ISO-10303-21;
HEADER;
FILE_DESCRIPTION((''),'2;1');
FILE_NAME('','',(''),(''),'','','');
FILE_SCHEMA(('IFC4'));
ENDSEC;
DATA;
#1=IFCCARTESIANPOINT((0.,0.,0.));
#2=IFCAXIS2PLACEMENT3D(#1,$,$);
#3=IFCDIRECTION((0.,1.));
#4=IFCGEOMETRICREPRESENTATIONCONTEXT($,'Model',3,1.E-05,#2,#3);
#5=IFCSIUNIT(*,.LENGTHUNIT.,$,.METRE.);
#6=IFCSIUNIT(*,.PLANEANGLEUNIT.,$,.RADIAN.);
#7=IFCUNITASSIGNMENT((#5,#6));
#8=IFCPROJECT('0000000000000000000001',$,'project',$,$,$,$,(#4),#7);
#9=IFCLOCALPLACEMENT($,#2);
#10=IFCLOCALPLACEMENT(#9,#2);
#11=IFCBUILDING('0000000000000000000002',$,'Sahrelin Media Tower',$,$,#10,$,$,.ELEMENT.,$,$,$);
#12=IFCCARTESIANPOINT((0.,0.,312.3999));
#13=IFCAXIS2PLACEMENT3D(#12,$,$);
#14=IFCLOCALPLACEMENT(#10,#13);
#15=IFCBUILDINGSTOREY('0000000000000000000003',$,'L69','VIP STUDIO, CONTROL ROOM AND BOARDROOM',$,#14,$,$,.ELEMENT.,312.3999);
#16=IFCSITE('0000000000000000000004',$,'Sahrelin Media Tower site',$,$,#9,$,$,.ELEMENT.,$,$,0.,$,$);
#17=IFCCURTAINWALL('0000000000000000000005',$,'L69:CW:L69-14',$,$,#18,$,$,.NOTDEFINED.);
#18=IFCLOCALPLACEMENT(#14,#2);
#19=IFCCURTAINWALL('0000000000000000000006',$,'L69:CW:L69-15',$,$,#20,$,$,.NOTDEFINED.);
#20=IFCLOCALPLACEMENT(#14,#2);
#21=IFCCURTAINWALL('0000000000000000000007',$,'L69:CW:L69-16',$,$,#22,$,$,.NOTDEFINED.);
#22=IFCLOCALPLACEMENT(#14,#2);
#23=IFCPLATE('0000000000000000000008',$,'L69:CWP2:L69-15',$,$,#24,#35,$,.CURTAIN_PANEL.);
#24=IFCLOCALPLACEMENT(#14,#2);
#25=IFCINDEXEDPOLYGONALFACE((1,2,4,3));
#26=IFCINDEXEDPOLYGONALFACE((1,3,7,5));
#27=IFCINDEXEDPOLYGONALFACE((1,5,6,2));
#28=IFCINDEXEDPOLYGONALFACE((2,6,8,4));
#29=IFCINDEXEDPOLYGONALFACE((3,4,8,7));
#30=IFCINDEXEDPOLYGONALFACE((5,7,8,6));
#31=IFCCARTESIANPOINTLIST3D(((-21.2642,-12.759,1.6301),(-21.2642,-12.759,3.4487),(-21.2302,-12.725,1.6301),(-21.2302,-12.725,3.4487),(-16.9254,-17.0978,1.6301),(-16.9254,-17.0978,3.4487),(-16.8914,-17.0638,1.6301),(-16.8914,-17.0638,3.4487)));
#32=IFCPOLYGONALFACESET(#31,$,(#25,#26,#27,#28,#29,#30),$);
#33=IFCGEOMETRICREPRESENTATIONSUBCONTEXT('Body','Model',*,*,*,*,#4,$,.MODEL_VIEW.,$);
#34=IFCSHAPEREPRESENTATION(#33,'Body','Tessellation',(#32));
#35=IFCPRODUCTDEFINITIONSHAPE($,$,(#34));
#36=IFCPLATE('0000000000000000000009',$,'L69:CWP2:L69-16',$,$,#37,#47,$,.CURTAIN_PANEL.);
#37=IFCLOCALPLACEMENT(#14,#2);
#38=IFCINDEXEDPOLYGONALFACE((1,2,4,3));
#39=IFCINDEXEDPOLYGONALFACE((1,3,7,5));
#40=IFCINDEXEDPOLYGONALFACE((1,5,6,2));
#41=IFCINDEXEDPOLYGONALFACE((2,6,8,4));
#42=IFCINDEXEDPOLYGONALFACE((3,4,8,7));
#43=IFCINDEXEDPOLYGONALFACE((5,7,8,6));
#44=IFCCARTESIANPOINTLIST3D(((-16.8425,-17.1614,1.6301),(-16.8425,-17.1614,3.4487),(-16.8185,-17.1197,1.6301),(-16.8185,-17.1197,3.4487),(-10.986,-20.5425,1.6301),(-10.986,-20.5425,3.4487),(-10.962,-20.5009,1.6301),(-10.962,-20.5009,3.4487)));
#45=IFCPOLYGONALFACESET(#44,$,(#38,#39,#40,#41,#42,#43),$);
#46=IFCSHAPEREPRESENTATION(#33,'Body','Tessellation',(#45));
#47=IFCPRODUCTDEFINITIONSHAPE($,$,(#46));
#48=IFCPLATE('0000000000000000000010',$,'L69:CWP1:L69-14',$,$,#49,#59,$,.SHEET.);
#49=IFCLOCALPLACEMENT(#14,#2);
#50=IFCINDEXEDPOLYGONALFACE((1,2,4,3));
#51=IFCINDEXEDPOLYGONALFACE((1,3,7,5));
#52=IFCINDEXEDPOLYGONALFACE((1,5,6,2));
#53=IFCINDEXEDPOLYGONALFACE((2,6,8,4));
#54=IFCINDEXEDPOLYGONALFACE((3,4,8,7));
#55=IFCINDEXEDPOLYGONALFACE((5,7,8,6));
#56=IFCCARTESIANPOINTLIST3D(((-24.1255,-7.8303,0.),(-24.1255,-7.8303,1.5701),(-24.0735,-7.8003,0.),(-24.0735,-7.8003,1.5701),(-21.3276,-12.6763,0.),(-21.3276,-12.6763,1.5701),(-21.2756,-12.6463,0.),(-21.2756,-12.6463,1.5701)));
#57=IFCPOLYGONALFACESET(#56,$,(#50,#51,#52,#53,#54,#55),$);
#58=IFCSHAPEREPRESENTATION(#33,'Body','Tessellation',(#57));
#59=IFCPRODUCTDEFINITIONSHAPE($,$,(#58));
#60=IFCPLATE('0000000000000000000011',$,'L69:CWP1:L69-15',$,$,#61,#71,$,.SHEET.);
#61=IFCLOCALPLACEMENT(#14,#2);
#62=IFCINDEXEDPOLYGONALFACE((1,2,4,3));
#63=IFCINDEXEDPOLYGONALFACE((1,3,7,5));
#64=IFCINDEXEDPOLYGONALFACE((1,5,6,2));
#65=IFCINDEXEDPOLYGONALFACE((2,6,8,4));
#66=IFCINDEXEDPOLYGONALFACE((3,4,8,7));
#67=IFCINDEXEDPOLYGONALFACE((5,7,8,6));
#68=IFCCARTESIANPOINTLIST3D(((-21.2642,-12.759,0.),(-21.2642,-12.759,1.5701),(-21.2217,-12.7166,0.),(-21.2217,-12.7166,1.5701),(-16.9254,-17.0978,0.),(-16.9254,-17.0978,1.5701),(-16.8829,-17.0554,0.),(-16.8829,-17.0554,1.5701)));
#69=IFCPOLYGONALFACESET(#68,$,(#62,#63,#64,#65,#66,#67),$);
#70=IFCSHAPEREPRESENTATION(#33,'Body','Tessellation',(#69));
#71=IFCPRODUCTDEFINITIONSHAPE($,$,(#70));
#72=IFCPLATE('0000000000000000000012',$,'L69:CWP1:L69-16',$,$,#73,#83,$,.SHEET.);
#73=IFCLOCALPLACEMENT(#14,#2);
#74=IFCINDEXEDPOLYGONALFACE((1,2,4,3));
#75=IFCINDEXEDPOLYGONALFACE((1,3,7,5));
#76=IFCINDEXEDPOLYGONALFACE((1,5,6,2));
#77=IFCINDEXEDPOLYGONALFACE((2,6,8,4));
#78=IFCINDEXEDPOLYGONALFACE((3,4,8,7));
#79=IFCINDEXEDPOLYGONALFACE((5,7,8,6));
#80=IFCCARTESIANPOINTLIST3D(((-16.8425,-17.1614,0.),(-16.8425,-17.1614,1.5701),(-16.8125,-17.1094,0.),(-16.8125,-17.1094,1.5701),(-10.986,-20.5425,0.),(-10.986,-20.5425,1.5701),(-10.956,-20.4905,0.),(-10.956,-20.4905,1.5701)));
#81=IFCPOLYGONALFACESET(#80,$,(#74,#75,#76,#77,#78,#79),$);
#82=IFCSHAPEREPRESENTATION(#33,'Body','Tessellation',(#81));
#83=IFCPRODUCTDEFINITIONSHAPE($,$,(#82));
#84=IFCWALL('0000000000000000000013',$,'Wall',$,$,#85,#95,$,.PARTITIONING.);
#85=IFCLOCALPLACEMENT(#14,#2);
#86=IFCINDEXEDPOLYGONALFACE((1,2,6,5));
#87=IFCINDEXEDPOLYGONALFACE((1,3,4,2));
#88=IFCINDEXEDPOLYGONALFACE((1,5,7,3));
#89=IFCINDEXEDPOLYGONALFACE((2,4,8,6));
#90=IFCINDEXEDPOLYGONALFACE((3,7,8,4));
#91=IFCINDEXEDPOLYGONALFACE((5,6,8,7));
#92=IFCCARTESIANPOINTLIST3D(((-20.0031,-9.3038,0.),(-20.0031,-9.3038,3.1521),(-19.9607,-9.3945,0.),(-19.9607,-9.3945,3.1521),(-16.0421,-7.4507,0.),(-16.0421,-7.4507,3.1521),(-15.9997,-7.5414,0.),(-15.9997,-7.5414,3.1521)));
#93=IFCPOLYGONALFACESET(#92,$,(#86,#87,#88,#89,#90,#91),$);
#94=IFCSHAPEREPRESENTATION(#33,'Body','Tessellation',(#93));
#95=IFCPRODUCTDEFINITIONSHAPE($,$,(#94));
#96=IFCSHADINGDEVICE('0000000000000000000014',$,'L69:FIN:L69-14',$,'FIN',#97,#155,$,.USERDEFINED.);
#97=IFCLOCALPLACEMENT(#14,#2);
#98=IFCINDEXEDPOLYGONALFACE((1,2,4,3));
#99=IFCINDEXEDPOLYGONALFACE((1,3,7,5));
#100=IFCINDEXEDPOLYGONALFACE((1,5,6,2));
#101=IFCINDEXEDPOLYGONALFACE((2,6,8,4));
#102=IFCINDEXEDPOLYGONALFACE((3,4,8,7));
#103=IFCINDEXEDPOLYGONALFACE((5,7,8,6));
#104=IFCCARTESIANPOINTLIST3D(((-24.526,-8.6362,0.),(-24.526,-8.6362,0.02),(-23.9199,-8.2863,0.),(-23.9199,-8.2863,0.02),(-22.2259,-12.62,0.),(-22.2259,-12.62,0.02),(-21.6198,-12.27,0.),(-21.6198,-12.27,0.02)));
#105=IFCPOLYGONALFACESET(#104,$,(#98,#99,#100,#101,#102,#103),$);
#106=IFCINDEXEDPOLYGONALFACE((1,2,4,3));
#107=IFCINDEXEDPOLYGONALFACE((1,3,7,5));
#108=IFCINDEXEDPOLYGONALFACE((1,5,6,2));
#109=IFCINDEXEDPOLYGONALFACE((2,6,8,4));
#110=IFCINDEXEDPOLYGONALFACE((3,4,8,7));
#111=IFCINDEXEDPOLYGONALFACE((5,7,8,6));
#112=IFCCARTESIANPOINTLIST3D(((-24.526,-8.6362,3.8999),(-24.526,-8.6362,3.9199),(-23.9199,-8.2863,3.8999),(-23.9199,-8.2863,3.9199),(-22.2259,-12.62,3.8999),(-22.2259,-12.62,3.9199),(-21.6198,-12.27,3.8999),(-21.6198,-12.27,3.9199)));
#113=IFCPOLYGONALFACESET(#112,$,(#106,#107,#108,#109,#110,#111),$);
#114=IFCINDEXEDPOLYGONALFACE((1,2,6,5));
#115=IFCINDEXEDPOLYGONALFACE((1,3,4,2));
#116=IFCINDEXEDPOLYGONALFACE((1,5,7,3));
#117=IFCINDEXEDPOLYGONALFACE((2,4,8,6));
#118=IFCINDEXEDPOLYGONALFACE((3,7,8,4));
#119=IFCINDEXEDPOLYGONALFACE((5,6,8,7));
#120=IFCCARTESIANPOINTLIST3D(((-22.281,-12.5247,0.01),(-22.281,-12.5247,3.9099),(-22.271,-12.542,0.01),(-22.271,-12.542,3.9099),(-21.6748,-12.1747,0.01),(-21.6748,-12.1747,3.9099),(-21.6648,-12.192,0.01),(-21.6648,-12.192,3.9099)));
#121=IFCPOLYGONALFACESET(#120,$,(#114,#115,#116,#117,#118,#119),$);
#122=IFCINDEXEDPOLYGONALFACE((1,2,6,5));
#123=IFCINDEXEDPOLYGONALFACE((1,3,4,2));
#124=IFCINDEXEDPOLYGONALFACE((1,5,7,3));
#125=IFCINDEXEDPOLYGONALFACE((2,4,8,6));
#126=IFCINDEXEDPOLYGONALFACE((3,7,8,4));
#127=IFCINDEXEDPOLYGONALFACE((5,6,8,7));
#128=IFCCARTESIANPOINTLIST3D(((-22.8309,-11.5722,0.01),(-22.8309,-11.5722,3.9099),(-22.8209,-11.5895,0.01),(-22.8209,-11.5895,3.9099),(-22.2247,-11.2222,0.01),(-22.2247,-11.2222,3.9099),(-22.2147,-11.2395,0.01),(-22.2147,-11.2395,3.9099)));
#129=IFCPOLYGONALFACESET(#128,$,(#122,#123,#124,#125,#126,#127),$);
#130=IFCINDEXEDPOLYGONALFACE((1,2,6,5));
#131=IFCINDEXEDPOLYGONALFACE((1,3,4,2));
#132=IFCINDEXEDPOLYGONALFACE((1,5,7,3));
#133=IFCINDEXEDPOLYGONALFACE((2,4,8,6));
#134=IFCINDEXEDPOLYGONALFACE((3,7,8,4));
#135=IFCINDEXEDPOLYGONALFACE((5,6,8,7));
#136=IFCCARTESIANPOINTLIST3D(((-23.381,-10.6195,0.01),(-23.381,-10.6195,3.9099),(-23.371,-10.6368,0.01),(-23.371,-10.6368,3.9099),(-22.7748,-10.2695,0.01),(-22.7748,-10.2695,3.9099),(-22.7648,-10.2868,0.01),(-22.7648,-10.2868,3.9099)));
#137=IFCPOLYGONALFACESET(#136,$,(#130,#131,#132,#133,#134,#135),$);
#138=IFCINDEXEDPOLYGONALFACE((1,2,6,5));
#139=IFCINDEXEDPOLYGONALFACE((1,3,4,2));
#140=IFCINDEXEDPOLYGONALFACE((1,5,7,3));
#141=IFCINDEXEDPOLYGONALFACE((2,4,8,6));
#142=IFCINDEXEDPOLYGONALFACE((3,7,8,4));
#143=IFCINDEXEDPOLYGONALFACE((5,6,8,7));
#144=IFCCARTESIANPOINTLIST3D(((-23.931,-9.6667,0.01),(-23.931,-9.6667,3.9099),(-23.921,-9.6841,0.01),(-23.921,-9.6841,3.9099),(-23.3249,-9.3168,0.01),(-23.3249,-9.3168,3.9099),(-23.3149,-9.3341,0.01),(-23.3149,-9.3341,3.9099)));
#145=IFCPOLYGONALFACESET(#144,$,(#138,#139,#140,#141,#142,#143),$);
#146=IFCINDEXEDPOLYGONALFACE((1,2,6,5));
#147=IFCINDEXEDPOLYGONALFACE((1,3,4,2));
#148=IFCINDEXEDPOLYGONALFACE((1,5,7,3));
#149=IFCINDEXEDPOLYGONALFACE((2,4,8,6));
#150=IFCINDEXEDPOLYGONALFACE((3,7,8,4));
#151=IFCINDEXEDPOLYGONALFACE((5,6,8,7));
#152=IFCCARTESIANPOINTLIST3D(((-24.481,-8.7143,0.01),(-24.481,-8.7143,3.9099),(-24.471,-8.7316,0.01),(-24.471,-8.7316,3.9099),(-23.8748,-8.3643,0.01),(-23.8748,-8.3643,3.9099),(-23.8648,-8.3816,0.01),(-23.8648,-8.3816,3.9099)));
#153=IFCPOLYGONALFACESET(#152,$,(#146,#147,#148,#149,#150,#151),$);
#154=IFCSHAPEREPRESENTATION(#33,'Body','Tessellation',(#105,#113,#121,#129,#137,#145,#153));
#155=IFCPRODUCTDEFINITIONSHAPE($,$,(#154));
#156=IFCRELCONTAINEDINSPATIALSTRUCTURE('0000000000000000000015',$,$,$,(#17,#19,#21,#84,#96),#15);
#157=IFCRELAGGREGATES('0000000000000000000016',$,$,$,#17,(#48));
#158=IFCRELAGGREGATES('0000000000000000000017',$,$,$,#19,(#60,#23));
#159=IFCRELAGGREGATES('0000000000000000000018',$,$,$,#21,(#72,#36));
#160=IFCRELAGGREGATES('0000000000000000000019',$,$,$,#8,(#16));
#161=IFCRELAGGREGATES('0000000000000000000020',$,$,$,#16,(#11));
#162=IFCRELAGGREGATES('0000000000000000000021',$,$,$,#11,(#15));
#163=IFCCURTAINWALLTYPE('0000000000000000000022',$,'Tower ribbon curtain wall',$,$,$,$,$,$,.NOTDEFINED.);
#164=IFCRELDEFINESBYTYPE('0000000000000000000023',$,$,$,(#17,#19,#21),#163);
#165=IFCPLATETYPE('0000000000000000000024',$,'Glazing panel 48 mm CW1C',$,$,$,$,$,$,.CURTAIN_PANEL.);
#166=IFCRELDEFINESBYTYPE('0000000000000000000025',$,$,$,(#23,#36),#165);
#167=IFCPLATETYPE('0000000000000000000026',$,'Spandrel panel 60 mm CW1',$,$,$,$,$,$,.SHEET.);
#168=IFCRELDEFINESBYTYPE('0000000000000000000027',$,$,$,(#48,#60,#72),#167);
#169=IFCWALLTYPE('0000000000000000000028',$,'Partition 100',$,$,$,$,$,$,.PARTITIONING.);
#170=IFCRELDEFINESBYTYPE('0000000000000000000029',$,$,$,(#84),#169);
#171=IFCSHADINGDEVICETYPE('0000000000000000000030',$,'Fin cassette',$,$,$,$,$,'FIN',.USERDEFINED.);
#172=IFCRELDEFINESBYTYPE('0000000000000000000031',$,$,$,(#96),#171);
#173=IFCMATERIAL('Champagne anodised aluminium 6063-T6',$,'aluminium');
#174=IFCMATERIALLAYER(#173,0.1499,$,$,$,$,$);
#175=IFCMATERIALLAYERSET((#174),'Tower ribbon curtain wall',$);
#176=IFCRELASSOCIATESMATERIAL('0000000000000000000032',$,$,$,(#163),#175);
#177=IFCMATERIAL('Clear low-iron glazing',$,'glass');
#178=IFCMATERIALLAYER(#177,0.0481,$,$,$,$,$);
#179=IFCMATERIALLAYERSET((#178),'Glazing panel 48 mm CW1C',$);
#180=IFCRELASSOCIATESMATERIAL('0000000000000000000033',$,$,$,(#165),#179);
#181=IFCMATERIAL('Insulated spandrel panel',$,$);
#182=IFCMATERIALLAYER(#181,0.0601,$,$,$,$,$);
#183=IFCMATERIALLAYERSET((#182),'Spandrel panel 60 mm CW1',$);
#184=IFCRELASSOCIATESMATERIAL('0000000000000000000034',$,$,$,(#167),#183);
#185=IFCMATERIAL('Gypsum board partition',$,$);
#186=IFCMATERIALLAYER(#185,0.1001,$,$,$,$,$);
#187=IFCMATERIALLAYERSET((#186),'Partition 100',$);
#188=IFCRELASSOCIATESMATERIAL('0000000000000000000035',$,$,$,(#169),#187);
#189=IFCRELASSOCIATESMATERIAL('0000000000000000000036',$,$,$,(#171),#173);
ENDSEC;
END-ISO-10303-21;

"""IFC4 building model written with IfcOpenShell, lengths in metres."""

from ifc_helpers import new_model, si_unit, direction, frame, frame_2d, origin, origin_2d, place, context, subcontext, project, spatial, polyline, rectangle, outline, extrude, material, layer, layer_set, type_object, element, aggregate, save


model = new_model("IFC4")

# Units and contexts
model_context = context("Model", 3, precision=1e-05, world=origin(), true_north=direction((0.0, 1.0)))
body_context = subcontext(model_context, "Body", "Model", "MODEL_VIEW")
ifc_project = project(units=[si_unit("LENGTHUNIT", "METRE"), si_unit("PLANEANGLEUNIT", "RADIAN")], contexts=[model_context])

# Site, building, storey
site_placement = place(None, origin())
site = spatial("IfcSite", under=ifc_project, at=site_placement, Name="Sahrelin Media Tower site", CompositionType="ELEMENT", RefElevation=0.0)
building_placement = place(site_placement, origin())
building = spatial("IfcBuilding", under=site, at=building_placement, Name="Sahrelin Media Tower", CompositionType="ELEMENT")
storey_placement = place(building_placement, frame((0.0, 0.0, 312.3999)))
storey = spatial("IfcBuildingStorey", under=building, at=storey_placement, Name="L69", Description="VIP STUDIO, CONTROL ROOM AND BOARDROOM", CompositionType="ELEMENT", Elevation=312.3999)

# Curtain walls
ifc_material_1 = material(Name="Champagne anodised aluminium 6063-T6", Category="aluminium")
ifc_layer_1 = layer(ifc_material_1, 0.1499)
ifc_layer_set_1 = layer_set([ifc_layer_1], Name="Tower ribbon curtain wall")
curtain_wall_type = type_object("IfcCurtainWallType", Name="Tower ribbon curtain wall", PredefinedType="NOTDEFINED", material=ifc_layer_set_1)
curtain_wall_1_placement = place(storey_placement, frame((-22.7092, -10.2432, 0.0), z_axis=(0.0, 0.0, 1.0), x_axis=(1.0, 0.0, 0.0)))
curtain_wall_1 = element("IfcCurtainWall", 1, at=curtain_wall_1_placement, inside=storey, type_object=curtain_wall_type, Name="L69:CW:L69-14", PredefinedType="NOTDEFINED")
curtain_wall_2_placement = place(storey_placement, frame((-19.0806, -14.9143, 0.0), z_axis=(0.0, 0.0, 1.0), x_axis=(1.0, 0.0, 0.0)))
curtain_wall_2 = element("IfcCurtainWall", 2, at=curtain_wall_2_placement, inside=storey, type_object=curtain_wall_type, Name="L69:CW:L69-15", PredefinedType="NOTDEFINED")

# Curtain wall
curtain_wall_3_placement = place(storey_placement, frame((-13.9043, -18.8347, 0.0), z_axis=(0.0, 0.0, 1.0), x_axis=(1.0, 0.0, 0.0)))
curtain_wall_3 = element("IfcCurtainWall", 3, at=curtain_wall_3_placement, inside=storey, type_object=curtain_wall_type, Name="L69:CW:L69-16", PredefinedType="NOTDEFINED")

# Plates
ifc_material_2 = material(Name="Clear low-iron glazing", Category="glass")
ifc_layer_2 = layer(ifc_material_2, 0.0481)
ifc_layer_set_2 = layer_set([ifc_layer_2], Name="Glazing panel 48 mm CW1C")
plate_type_1 = type_object("IfcPlateType", Name="Glazing panel 48 mm CW1C", PredefinedType="CURTAIN_PANEL", material=ifc_layer_set_2)
plate_1_placement = place(storey_placement, frame((-21.2642, -12.759, 1.6301), z_axis=(-0.707107, -0.707107, 0.0), x_axis=(0.707107, -0.707107, 0.0)))
plate_1 = element("IfcPlate", 4, at=plate_1_placement, type_object=plate_type_1, Name="L69:CWP2:L69-15", PredefinedType="CURTAIN_PANEL", context=body_context, shape_type="SweptSolid", body=[
    extrude(outline(polyline([(0.0, 0.0), (6.136, 0.0), (6.136, 1.8186), (0.0, 1.8186), (0.0, 0.0)])), origin(), (0.0, 0.0, -1.0), 0.0481),
])
plate_2_placement = place(storey_placement, frame((-16.8425, -17.1614, 1.6301), z_axis=(-0.499987, -0.866033, 0.0), x_axis=(0.866033, -0.499987, 0.0)))
plate_2 = element("IfcPlate", 5, at=plate_2_placement, type_object=plate_type_1, Name="L69:CWP2:L69-16", PredefinedType="CURTAIN_PANEL", context=body_context, shape_type="SweptSolid", body=[
    extrude(outline(polyline([(0.0, 0.0), (6.7625, 0.0), (6.7625, 1.8186), (0.0, 1.8186), (0.0, 0.0)])), origin(), (0.0, 0.0, -1.0), 0.0481),
])
ifc_material_3 = material(Name="Insulated spandrel panel")
ifc_layer_3 = layer(ifc_material_3, 0.0601)
ifc_layer_set_3 = layer_set([ifc_layer_3], Name="Spandrel panel 60 mm CW1")
plate_type_2 = type_object("IfcPlateType", Name="Spandrel panel 60 mm CW1", PredefinedType="SHEET", material=ifc_layer_set_3)
plate_3_placement = place(storey_placement, frame((-24.1255, -7.8303, 0.0), z_axis=(-0.866022, -0.500006, 0.0), x_axis=(0.500006, -0.866022, 0.0)))
plate_3 = element("IfcPlate", 6, at=plate_3_placement, type_object=plate_type_2, Name="L69:CWP1:L69-14", PredefinedType="SHEET", context=body_context, shape_type="SweptSolid", body=[
    extrude(outline(polyline([(0.0, 0.0), (5.5957, 0.0), (5.5957, 1.5701), (0.0, 1.5701), (0.0, 0.0)])), origin(), (0.0, 0.0, -1.0), 0.0601),
])
aggregate(curtain_wall_1, [plate_3])
plate_4_placement = place(storey_placement, frame((-21.2642, -12.759, 0.0), z_axis=(-0.707107, -0.707107, 0.0), x_axis=(0.707107, -0.707107, 0.0)))
plate_4 = element("IfcPlate", 7, at=plate_4_placement, type_object=plate_type_2, Name="L69:CWP1:L69-15", PredefinedType="SHEET", context=body_context, shape_type="SweptSolid", body=[
    extrude(outline(polyline([(0.0, 0.0), (6.136, 0.0), (6.136, 1.5701), (0.0, 1.5701), (0.0, 0.0)])), origin(), (0.0, 0.0, -1.0), 0.0601),
])
aggregate(curtain_wall_2, [plate_4, plate_1])
plate_5_placement = place(storey_placement, frame((-16.8425, -17.1614, 0.0), z_axis=(-0.499987, -0.866033, 0.0), x_axis=(0.866033, -0.499987, 0.0)))
plate_5 = element("IfcPlate", 8, at=plate_5_placement, type_object=plate_type_2, Name="L69:CWP1:L69-16", PredefinedType="SHEET", context=body_context, shape_type="SweptSolid", body=[
    extrude(outline(polyline([(0.0, 0.0), (6.7625, 0.0), (6.7625, 1.5701), (0.0, 1.5701), (0.0, 0.0)])), origin(), (0.0, 0.0, -1.0), 0.0601),
])
aggregate(curtain_wall_3, [plate_5, plate_2])

# Wall
ifc_material_4 = material(Name="Gypsum board partition")
ifc_layer_4 = layer(ifc_material_4, 0.1001)
ifc_layer_set_4 = layer_set([ifc_layer_4], Name="Partition 100")
wall_type = type_object("IfcWallType", Name="Partition 100", PredefinedType="PARTITIONING", material=ifc_layer_set_4)
wall_placement = place(storey_placement, frame((-19.9819, -9.3491, 0.0), z_axis=(0.0, 0.0, 1.0), x_axis=(0.905781, 0.423747, 0.0)))
element("IfcWall", 9, at=wall_placement, inside=storey, type_object=wall_type, Name="Wall", PredefinedType="PARTITIONING", context=body_context, shape_type="SweptSolid", body=[
    extrude(rectangle(XDim=4.373, YDim=0.1001, at=frame_2d((2.1865, 0.0))), origin(), (0.0, 0.0, 1.0), 3.1521),
])

# Shading device
shading_device_type_1 = type_object("IfcShadingDeviceType", Name="Fin cassette", ElementType="FIN", PredefinedType="USERDEFINED", material=ifc_material_1)
placement_1 = place(storey_placement, frame((-22.7092, -10.2432, 0.0), z_axis=(0.0, 0.0, 1.0), x_axis=(-0.500011, 0.866019, 0.0)))
element("IfcShadingDevice", 10, at=placement_1, inside=storey, type_object=shading_device_type_1, Name="L69:FIN:L69-14", ObjectType="FIN", PredefinedType="USERDEFINED", context=body_context, shape_type="SweptSolid", body=[
    extrude(rectangle(XDim=4.6001, YDim=0.7, at=origin_2d()), frame((0.0, 0.4199, 0.0)), (0.0, 0.0, 1.0), 0.02),
    extrude(rectangle(XDim=4.6001, YDim=0.7, at=origin_2d()), frame((0.0, 0.4199, 3.8999)), (0.0, 0.0, 1.0), 0.02),
    extrude(rectangle(XDim=0.02, YDim=0.7, at=origin_2d()), frame((-2.2, 0.4199, 0.01), z_axis=(0.0, 0.0, 1.0), x_axis=(1.0, 0.0, 0.0)), (0.0, 0.0, 1.0), 3.8999),
    extrude(rectangle(XDim=0.02, YDim=0.7, at=origin_2d()), frame((-1.1001, 0.4199, 0.01), z_axis=(0.0, 0.0, 1.0), x_axis=(1.0, 0.0, 0.0)), (0.0, 0.0, 1.0), 3.8999),
    extrude(rectangle(XDim=0.02, YDim=0.7, at=origin_2d()), frame((0.0, 0.4199, 0.01), z_axis=(0.0, 0.0, 1.0), x_axis=(1.0, 0.0, 0.0)), (0.0, 0.0, 1.0), 3.8999),
    extrude(rectangle(XDim=0.02, YDim=0.7, at=origin_2d()), frame((1.1001, 0.4199, 0.01), z_axis=(0.0, 0.0, 1.0), x_axis=(1.0, 0.0, 0.0)), (0.0, 0.0, 1.0), 3.8999),
    extrude(rectangle(XDim=0.02, YDim=0.7, at=origin_2d()), frame((2.2, 0.4199, 0.01), z_axis=(0.0, 0.0, 1.0), x_axis=(1.0, 0.0, 0.0)), (0.0, 0.0, 1.0), 3.8999),
])

save(model, "model.ifc")
